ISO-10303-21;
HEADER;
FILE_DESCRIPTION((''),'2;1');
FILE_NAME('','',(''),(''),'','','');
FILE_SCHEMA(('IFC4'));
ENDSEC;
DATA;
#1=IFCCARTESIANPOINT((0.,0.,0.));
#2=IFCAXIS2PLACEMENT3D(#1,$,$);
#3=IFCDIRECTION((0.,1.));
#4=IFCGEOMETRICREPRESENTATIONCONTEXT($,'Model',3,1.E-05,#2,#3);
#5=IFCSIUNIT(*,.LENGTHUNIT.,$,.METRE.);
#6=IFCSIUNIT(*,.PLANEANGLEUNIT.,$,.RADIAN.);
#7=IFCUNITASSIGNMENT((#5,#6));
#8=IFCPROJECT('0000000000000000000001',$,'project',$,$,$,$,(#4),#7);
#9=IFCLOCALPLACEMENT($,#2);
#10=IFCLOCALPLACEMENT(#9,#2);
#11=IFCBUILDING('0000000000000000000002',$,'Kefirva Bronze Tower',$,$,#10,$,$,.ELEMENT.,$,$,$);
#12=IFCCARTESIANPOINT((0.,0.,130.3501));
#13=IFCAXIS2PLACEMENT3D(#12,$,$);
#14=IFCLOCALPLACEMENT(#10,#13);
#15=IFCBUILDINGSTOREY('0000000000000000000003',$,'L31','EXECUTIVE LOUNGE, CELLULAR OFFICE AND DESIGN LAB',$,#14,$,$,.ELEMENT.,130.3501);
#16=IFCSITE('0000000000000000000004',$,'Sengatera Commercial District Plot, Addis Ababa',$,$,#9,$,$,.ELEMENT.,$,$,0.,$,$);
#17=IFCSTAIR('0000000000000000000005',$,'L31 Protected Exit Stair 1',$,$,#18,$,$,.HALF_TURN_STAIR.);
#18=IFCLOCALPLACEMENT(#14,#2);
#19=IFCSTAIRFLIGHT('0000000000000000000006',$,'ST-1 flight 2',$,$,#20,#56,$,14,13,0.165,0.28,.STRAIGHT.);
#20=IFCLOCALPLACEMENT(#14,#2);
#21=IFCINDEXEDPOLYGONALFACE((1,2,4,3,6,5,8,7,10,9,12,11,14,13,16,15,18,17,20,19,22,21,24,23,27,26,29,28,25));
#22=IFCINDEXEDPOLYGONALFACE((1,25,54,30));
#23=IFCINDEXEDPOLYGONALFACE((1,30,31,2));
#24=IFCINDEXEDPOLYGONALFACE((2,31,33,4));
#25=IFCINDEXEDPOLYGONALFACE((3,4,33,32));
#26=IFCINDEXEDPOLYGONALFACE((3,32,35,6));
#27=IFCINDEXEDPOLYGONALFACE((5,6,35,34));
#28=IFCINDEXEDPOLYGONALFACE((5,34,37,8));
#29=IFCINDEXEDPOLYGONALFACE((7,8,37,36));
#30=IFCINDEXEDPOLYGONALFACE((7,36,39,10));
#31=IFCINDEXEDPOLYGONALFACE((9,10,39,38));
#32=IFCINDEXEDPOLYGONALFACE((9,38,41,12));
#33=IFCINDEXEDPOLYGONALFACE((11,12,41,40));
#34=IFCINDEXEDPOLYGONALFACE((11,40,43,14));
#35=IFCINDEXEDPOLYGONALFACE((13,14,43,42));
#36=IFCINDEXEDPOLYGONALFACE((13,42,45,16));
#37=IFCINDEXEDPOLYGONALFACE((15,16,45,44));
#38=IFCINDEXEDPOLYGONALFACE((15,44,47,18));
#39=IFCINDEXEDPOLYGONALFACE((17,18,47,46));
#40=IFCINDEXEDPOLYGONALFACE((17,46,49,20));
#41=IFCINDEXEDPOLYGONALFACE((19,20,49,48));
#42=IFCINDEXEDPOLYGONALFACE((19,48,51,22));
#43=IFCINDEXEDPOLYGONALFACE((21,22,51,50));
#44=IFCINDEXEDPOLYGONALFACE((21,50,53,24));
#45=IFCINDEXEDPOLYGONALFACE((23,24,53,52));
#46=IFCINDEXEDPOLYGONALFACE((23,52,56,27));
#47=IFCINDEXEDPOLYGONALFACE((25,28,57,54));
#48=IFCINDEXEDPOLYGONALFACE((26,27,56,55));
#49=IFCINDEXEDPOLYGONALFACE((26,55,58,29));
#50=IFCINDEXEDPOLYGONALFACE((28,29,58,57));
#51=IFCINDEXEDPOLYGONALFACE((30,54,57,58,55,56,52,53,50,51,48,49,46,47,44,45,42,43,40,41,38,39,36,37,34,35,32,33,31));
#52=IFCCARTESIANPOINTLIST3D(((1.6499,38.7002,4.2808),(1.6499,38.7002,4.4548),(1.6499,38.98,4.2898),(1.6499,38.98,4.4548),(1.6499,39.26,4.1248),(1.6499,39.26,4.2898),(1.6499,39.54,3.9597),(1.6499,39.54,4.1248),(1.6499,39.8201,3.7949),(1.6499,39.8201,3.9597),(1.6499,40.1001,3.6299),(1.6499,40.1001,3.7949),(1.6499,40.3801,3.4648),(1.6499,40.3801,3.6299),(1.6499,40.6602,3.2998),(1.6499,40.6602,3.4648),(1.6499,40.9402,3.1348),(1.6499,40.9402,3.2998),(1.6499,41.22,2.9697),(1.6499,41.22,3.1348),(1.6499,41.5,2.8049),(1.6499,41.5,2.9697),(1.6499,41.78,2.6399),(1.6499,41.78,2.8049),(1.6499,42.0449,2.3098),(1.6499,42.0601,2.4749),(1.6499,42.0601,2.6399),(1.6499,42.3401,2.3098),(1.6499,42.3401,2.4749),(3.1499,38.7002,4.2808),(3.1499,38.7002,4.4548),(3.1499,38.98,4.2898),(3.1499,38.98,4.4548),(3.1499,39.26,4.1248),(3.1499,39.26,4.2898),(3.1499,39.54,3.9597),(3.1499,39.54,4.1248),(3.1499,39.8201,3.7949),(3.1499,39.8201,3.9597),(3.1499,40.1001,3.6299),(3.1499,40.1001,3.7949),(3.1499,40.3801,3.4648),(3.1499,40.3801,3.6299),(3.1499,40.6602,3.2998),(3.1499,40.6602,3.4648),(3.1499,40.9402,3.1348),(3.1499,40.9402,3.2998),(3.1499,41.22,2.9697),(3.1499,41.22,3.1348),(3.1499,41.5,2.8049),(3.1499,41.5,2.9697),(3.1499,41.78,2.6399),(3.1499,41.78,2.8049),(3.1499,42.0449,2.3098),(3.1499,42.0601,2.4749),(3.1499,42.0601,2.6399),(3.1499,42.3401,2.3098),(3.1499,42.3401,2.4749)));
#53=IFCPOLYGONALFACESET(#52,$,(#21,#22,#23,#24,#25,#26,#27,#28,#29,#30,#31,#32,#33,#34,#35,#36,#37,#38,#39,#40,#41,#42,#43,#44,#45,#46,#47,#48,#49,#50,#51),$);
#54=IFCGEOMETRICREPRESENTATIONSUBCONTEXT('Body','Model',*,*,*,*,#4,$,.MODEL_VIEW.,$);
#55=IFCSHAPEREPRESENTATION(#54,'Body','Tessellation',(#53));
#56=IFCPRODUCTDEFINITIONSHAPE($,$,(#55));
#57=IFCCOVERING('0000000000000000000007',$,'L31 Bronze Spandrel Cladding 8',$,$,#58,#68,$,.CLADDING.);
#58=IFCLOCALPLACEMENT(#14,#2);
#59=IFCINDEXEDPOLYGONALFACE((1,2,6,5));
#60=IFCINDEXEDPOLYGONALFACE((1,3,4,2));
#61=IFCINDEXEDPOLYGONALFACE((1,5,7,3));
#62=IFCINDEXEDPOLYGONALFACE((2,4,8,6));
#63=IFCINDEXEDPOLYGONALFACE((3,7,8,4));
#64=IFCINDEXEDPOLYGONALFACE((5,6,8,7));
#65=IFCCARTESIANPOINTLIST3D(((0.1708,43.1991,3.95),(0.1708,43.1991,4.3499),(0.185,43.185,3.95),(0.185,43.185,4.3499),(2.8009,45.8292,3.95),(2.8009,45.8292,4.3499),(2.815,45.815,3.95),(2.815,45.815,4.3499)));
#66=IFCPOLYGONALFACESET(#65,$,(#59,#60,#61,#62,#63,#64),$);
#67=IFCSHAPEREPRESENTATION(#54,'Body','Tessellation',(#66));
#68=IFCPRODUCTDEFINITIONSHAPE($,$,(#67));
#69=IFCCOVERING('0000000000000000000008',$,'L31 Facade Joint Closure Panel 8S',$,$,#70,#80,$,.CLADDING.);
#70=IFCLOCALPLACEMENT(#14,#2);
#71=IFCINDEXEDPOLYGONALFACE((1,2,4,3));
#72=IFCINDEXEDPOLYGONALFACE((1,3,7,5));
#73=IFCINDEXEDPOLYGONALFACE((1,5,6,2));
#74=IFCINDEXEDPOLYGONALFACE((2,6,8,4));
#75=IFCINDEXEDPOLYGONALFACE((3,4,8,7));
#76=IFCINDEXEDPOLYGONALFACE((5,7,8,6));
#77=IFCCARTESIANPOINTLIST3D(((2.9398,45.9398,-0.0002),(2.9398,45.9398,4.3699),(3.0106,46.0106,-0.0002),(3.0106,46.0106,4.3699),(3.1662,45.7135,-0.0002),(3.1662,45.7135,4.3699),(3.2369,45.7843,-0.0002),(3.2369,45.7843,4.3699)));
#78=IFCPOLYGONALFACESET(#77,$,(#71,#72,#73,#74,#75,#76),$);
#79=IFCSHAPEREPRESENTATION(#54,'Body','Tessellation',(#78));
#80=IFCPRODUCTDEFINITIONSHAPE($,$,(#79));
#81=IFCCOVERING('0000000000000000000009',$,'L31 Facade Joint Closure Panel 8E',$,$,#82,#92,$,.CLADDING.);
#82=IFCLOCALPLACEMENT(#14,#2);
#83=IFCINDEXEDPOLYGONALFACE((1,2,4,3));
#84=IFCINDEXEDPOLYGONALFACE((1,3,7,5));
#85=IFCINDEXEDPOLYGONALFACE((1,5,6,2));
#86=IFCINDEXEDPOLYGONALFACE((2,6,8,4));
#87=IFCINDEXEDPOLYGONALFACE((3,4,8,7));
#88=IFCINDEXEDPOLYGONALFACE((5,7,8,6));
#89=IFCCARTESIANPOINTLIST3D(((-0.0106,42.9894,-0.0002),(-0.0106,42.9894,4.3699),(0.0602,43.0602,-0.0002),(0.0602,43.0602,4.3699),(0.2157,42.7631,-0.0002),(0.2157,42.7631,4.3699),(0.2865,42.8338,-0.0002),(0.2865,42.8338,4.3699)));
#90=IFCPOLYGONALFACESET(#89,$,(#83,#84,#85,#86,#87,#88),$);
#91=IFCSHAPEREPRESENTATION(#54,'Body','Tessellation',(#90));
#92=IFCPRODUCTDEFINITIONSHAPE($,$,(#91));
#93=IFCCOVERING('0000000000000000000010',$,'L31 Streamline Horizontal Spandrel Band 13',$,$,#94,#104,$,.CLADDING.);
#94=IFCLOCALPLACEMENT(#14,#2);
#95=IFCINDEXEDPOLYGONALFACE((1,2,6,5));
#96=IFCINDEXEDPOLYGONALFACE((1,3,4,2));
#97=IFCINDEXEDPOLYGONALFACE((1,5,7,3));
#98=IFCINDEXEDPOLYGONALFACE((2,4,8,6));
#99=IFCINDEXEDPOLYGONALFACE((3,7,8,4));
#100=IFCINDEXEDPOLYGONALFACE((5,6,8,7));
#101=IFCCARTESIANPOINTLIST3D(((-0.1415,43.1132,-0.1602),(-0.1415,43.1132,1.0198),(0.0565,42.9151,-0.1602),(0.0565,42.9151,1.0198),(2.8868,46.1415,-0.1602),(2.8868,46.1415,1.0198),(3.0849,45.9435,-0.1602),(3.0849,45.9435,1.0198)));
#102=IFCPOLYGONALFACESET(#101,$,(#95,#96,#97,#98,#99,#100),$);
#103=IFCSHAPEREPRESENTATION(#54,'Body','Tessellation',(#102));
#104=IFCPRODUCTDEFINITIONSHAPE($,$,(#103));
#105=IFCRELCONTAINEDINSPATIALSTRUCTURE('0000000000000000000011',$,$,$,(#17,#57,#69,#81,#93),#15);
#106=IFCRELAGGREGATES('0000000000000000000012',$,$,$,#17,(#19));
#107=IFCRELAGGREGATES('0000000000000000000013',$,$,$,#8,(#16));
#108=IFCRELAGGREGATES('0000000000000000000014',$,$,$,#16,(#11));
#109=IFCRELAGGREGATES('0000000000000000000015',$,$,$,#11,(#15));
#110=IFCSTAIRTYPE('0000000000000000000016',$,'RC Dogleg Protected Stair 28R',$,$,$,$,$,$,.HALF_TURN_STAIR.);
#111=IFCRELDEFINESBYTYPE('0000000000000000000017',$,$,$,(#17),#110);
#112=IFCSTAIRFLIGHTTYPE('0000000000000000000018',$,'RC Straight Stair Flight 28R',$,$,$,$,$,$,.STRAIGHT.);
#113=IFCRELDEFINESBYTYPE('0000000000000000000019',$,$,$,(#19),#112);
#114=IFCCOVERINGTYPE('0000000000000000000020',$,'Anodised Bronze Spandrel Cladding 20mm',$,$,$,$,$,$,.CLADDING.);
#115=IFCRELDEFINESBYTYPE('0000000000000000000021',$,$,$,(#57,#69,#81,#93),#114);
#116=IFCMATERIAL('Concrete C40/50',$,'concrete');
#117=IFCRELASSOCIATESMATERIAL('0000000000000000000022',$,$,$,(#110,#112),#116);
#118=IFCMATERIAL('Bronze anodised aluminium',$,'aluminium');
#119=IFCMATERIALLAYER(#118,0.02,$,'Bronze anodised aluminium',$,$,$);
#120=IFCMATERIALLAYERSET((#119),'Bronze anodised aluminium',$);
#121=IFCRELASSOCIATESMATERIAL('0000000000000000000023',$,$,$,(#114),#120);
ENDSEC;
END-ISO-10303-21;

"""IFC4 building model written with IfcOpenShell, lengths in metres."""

from ifc_helpers import new_model, si_unit, direction, frame, origin, origin_2d, place, context, subcontext, project, spatial, polyline, rectangle, outline, extrude, material, layer, layer_set, type_object, element, aggregate, save


model = new_model("IFC4")

# Units and contexts
model_context = context("Model", 3, precision=1e-05, world=origin(), true_north=direction((0.0, 1.0)))
body_context = subcontext(model_context, "Body", "Model", "MODEL_VIEW")
ifc_project = project(units=[si_unit("LENGTHUNIT", "METRE"), si_unit("PLANEANGLEUNIT", "RADIAN")], contexts=[model_context])

# Site, building, storey
site_placement = place(None, origin())
site = spatial("IfcSite", under=ifc_project, at=site_placement, Name="Sengatera Commercial District Plot, Addis Ababa", CompositionType="ELEMENT", RefElevation=0.0)
building_placement = place(site_placement, origin())
building = spatial("IfcBuilding", under=site, at=building_placement, Name="Kefirva Bronze Tower", CompositionType="ELEMENT")
storey_placement = place(building_placement, frame((0.0, 0.0, 130.3501)))
storey = spatial("IfcBuildingStorey", under=building, at=storey_placement, Name="L31", Description="EXECUTIVE LOUNGE, CELLULAR OFFICE AND DESIGN LAB", CompositionType="ELEMENT", Elevation=130.3501)

# Stair, stair flight
ifc_material_1 = material(Name="Concrete C40/50", Category="concrete")
stair_type = type_object("IfcStairType", Name="RC Dogleg Protected Stair 28R", PredefinedType="HALF_TURN_STAIR", material=ifc_material_1)
stair_placement = place(storey_placement, origin())
stair = element("IfcStair", 1, at=stair_placement, inside=storey, type_object=stair_type, Name="L31 Protected Exit Stair 1", PredefinedType="HALF_TURN_STAIR")
stair_flight_type = type_object("IfcStairFlightType", Name="RC Straight Stair Flight 28R", PredefinedType="STRAIGHT", material=ifc_material_1)
stair_flight_1_placement = place(storey_placement, frame((2.3999, 42.3401, 2.3098), z_axis=(0.0, 0.0, 1.0), x_axis=(0.0, -1.0, 0.0)))
stair_flight_1 = element("IfcStairFlight", 2, at=stair_flight_1_placement, type_object=stair_flight_type, Name="ST-1 flight 2", NumberOfRisers=14, NumberOfTreads=13, PredefinedType="STRAIGHT", RiserHeight=0.165, TreadLength=0.28, context=body_context, shape_type="SweptSolid", body=[
    extrude(outline(polyline([(0.0, 0.0), (0.0, 0.165), (0.28, 0.165), (0.28, 0.3301), (0.5601, 0.3301), (0.5601, 0.4951), (0.8401, 0.4951), (0.8401, 0.6599), (1.1201, 0.6599), (1.1201, 0.825), (1.3999, 0.825), (1.3999, 0.99), (1.6799, 0.99), (1.6799, 1.155), (1.96, 1.155), (1.96, 1.3201), (2.24, 1.3201), (2.24, 1.4851), (2.52, 1.4851), (2.52, 1.6499), (2.8, 1.6499), (2.8, 1.8149), (3.0801, 1.8149), (3.0801, 1.98), (3.3601, 1.98), (3.3601, 2.145), (3.6399, 2.145), (3.6399, 2.3101), (3.6399, 1.9709), (0.2952, 0.0), (0.0, 0.0)])), frame((0.0, 0.75, 0.0), z_axis=(0.0, -1.0, 0.0), x_axis=(1.0, 0.0, 0.0)), (0.0, 0.0, 1.0), 1.5),
])
aggregate(stair, [stair_flight_1])

# Coverings
ifc_material_2 = material(Name="Bronze anodised aluminium", Category="aluminium")
ifc_layer_1 = layer(ifc_material_2, 0.02, Name="Bronze anodised aluminium")
ifc_layer_set_1 = layer_set([ifc_layer_1], Name="Bronze anodised aluminium")
covering_type_1 = type_object("IfcCoveringType", Name="Anodised Bronze Spandrel Cladding 20mm", PredefinedType="CLADDING", material=ifc_layer_set_1)
covering_1_placement = place(storey_placement, frame((1.4929, 44.5071, 3.95), z_axis=(0.0, 0.0, 1.0), x_axis=(-0.707107, -0.707107, 0.0)))
element("IfcCovering", 3, at=covering_1_placement, inside=storey, type_object=covering_type_1, Name="L31 Bronze Spandrel Cladding 8", PredefinedType="CLADDING", context=body_context, shape_type="SweptSolid", body=[
    extrude(rectangle(XDim=3.7195, YDim=0.02, at=origin_2d()), origin(), (0.0, 0.0, 1.0), 0.3999),
])
for number, where, z_axis, x_axis, name in (
    (4, (3.0884, 45.8621, -0.0002), (0.0, 0.0, 1.0), (-0.707107, -0.707107, 0.0), "L31 Facade Joint Closure Panel 8S"),
    (5, (0.1379, 42.9116, -0.0002), (0.0, 0.0, 1.0), (-0.707107, -0.707107, 0.0), "L31 Facade Joint Closure Panel 8E"),
):
    element("IfcCovering", number, at=place(storey_placement, frame(where, z_axis=z_axis, x_axis=x_axis)), inside=storey, type_object=covering_type_1, Name=name, PredefinedType="CLADDING", context=body_context, shape_type="SweptSolid", body=[
        extrude(rectangle(XDim=0.1001, YDim=0.3201, at=origin_2d()), origin(), (0.0, 0.0, 1.0), 4.3701),
    ])
covering_2_placement = place(storey_placement, frame((1.4717, 44.5283, -0.1602), z_axis=(0.0, 0.0, 1.0), x_axis=(-0.707107, -0.707107, 0.0)))
element("IfcCovering", 6, at=covering_2_placement, inside=storey, type_object=covering_type_1, Name="L31 Streamline Horizontal Spandrel Band 13", PredefinedType="CLADDING", context=body_context, shape_type="SweptSolid", body=[
    extrude(rectangle(XDim=4.2827, YDim=0.28, at=origin_2d()), origin(), (0.0, 0.0, 1.0), 1.1799),
])

save(model, "model.ifc")
